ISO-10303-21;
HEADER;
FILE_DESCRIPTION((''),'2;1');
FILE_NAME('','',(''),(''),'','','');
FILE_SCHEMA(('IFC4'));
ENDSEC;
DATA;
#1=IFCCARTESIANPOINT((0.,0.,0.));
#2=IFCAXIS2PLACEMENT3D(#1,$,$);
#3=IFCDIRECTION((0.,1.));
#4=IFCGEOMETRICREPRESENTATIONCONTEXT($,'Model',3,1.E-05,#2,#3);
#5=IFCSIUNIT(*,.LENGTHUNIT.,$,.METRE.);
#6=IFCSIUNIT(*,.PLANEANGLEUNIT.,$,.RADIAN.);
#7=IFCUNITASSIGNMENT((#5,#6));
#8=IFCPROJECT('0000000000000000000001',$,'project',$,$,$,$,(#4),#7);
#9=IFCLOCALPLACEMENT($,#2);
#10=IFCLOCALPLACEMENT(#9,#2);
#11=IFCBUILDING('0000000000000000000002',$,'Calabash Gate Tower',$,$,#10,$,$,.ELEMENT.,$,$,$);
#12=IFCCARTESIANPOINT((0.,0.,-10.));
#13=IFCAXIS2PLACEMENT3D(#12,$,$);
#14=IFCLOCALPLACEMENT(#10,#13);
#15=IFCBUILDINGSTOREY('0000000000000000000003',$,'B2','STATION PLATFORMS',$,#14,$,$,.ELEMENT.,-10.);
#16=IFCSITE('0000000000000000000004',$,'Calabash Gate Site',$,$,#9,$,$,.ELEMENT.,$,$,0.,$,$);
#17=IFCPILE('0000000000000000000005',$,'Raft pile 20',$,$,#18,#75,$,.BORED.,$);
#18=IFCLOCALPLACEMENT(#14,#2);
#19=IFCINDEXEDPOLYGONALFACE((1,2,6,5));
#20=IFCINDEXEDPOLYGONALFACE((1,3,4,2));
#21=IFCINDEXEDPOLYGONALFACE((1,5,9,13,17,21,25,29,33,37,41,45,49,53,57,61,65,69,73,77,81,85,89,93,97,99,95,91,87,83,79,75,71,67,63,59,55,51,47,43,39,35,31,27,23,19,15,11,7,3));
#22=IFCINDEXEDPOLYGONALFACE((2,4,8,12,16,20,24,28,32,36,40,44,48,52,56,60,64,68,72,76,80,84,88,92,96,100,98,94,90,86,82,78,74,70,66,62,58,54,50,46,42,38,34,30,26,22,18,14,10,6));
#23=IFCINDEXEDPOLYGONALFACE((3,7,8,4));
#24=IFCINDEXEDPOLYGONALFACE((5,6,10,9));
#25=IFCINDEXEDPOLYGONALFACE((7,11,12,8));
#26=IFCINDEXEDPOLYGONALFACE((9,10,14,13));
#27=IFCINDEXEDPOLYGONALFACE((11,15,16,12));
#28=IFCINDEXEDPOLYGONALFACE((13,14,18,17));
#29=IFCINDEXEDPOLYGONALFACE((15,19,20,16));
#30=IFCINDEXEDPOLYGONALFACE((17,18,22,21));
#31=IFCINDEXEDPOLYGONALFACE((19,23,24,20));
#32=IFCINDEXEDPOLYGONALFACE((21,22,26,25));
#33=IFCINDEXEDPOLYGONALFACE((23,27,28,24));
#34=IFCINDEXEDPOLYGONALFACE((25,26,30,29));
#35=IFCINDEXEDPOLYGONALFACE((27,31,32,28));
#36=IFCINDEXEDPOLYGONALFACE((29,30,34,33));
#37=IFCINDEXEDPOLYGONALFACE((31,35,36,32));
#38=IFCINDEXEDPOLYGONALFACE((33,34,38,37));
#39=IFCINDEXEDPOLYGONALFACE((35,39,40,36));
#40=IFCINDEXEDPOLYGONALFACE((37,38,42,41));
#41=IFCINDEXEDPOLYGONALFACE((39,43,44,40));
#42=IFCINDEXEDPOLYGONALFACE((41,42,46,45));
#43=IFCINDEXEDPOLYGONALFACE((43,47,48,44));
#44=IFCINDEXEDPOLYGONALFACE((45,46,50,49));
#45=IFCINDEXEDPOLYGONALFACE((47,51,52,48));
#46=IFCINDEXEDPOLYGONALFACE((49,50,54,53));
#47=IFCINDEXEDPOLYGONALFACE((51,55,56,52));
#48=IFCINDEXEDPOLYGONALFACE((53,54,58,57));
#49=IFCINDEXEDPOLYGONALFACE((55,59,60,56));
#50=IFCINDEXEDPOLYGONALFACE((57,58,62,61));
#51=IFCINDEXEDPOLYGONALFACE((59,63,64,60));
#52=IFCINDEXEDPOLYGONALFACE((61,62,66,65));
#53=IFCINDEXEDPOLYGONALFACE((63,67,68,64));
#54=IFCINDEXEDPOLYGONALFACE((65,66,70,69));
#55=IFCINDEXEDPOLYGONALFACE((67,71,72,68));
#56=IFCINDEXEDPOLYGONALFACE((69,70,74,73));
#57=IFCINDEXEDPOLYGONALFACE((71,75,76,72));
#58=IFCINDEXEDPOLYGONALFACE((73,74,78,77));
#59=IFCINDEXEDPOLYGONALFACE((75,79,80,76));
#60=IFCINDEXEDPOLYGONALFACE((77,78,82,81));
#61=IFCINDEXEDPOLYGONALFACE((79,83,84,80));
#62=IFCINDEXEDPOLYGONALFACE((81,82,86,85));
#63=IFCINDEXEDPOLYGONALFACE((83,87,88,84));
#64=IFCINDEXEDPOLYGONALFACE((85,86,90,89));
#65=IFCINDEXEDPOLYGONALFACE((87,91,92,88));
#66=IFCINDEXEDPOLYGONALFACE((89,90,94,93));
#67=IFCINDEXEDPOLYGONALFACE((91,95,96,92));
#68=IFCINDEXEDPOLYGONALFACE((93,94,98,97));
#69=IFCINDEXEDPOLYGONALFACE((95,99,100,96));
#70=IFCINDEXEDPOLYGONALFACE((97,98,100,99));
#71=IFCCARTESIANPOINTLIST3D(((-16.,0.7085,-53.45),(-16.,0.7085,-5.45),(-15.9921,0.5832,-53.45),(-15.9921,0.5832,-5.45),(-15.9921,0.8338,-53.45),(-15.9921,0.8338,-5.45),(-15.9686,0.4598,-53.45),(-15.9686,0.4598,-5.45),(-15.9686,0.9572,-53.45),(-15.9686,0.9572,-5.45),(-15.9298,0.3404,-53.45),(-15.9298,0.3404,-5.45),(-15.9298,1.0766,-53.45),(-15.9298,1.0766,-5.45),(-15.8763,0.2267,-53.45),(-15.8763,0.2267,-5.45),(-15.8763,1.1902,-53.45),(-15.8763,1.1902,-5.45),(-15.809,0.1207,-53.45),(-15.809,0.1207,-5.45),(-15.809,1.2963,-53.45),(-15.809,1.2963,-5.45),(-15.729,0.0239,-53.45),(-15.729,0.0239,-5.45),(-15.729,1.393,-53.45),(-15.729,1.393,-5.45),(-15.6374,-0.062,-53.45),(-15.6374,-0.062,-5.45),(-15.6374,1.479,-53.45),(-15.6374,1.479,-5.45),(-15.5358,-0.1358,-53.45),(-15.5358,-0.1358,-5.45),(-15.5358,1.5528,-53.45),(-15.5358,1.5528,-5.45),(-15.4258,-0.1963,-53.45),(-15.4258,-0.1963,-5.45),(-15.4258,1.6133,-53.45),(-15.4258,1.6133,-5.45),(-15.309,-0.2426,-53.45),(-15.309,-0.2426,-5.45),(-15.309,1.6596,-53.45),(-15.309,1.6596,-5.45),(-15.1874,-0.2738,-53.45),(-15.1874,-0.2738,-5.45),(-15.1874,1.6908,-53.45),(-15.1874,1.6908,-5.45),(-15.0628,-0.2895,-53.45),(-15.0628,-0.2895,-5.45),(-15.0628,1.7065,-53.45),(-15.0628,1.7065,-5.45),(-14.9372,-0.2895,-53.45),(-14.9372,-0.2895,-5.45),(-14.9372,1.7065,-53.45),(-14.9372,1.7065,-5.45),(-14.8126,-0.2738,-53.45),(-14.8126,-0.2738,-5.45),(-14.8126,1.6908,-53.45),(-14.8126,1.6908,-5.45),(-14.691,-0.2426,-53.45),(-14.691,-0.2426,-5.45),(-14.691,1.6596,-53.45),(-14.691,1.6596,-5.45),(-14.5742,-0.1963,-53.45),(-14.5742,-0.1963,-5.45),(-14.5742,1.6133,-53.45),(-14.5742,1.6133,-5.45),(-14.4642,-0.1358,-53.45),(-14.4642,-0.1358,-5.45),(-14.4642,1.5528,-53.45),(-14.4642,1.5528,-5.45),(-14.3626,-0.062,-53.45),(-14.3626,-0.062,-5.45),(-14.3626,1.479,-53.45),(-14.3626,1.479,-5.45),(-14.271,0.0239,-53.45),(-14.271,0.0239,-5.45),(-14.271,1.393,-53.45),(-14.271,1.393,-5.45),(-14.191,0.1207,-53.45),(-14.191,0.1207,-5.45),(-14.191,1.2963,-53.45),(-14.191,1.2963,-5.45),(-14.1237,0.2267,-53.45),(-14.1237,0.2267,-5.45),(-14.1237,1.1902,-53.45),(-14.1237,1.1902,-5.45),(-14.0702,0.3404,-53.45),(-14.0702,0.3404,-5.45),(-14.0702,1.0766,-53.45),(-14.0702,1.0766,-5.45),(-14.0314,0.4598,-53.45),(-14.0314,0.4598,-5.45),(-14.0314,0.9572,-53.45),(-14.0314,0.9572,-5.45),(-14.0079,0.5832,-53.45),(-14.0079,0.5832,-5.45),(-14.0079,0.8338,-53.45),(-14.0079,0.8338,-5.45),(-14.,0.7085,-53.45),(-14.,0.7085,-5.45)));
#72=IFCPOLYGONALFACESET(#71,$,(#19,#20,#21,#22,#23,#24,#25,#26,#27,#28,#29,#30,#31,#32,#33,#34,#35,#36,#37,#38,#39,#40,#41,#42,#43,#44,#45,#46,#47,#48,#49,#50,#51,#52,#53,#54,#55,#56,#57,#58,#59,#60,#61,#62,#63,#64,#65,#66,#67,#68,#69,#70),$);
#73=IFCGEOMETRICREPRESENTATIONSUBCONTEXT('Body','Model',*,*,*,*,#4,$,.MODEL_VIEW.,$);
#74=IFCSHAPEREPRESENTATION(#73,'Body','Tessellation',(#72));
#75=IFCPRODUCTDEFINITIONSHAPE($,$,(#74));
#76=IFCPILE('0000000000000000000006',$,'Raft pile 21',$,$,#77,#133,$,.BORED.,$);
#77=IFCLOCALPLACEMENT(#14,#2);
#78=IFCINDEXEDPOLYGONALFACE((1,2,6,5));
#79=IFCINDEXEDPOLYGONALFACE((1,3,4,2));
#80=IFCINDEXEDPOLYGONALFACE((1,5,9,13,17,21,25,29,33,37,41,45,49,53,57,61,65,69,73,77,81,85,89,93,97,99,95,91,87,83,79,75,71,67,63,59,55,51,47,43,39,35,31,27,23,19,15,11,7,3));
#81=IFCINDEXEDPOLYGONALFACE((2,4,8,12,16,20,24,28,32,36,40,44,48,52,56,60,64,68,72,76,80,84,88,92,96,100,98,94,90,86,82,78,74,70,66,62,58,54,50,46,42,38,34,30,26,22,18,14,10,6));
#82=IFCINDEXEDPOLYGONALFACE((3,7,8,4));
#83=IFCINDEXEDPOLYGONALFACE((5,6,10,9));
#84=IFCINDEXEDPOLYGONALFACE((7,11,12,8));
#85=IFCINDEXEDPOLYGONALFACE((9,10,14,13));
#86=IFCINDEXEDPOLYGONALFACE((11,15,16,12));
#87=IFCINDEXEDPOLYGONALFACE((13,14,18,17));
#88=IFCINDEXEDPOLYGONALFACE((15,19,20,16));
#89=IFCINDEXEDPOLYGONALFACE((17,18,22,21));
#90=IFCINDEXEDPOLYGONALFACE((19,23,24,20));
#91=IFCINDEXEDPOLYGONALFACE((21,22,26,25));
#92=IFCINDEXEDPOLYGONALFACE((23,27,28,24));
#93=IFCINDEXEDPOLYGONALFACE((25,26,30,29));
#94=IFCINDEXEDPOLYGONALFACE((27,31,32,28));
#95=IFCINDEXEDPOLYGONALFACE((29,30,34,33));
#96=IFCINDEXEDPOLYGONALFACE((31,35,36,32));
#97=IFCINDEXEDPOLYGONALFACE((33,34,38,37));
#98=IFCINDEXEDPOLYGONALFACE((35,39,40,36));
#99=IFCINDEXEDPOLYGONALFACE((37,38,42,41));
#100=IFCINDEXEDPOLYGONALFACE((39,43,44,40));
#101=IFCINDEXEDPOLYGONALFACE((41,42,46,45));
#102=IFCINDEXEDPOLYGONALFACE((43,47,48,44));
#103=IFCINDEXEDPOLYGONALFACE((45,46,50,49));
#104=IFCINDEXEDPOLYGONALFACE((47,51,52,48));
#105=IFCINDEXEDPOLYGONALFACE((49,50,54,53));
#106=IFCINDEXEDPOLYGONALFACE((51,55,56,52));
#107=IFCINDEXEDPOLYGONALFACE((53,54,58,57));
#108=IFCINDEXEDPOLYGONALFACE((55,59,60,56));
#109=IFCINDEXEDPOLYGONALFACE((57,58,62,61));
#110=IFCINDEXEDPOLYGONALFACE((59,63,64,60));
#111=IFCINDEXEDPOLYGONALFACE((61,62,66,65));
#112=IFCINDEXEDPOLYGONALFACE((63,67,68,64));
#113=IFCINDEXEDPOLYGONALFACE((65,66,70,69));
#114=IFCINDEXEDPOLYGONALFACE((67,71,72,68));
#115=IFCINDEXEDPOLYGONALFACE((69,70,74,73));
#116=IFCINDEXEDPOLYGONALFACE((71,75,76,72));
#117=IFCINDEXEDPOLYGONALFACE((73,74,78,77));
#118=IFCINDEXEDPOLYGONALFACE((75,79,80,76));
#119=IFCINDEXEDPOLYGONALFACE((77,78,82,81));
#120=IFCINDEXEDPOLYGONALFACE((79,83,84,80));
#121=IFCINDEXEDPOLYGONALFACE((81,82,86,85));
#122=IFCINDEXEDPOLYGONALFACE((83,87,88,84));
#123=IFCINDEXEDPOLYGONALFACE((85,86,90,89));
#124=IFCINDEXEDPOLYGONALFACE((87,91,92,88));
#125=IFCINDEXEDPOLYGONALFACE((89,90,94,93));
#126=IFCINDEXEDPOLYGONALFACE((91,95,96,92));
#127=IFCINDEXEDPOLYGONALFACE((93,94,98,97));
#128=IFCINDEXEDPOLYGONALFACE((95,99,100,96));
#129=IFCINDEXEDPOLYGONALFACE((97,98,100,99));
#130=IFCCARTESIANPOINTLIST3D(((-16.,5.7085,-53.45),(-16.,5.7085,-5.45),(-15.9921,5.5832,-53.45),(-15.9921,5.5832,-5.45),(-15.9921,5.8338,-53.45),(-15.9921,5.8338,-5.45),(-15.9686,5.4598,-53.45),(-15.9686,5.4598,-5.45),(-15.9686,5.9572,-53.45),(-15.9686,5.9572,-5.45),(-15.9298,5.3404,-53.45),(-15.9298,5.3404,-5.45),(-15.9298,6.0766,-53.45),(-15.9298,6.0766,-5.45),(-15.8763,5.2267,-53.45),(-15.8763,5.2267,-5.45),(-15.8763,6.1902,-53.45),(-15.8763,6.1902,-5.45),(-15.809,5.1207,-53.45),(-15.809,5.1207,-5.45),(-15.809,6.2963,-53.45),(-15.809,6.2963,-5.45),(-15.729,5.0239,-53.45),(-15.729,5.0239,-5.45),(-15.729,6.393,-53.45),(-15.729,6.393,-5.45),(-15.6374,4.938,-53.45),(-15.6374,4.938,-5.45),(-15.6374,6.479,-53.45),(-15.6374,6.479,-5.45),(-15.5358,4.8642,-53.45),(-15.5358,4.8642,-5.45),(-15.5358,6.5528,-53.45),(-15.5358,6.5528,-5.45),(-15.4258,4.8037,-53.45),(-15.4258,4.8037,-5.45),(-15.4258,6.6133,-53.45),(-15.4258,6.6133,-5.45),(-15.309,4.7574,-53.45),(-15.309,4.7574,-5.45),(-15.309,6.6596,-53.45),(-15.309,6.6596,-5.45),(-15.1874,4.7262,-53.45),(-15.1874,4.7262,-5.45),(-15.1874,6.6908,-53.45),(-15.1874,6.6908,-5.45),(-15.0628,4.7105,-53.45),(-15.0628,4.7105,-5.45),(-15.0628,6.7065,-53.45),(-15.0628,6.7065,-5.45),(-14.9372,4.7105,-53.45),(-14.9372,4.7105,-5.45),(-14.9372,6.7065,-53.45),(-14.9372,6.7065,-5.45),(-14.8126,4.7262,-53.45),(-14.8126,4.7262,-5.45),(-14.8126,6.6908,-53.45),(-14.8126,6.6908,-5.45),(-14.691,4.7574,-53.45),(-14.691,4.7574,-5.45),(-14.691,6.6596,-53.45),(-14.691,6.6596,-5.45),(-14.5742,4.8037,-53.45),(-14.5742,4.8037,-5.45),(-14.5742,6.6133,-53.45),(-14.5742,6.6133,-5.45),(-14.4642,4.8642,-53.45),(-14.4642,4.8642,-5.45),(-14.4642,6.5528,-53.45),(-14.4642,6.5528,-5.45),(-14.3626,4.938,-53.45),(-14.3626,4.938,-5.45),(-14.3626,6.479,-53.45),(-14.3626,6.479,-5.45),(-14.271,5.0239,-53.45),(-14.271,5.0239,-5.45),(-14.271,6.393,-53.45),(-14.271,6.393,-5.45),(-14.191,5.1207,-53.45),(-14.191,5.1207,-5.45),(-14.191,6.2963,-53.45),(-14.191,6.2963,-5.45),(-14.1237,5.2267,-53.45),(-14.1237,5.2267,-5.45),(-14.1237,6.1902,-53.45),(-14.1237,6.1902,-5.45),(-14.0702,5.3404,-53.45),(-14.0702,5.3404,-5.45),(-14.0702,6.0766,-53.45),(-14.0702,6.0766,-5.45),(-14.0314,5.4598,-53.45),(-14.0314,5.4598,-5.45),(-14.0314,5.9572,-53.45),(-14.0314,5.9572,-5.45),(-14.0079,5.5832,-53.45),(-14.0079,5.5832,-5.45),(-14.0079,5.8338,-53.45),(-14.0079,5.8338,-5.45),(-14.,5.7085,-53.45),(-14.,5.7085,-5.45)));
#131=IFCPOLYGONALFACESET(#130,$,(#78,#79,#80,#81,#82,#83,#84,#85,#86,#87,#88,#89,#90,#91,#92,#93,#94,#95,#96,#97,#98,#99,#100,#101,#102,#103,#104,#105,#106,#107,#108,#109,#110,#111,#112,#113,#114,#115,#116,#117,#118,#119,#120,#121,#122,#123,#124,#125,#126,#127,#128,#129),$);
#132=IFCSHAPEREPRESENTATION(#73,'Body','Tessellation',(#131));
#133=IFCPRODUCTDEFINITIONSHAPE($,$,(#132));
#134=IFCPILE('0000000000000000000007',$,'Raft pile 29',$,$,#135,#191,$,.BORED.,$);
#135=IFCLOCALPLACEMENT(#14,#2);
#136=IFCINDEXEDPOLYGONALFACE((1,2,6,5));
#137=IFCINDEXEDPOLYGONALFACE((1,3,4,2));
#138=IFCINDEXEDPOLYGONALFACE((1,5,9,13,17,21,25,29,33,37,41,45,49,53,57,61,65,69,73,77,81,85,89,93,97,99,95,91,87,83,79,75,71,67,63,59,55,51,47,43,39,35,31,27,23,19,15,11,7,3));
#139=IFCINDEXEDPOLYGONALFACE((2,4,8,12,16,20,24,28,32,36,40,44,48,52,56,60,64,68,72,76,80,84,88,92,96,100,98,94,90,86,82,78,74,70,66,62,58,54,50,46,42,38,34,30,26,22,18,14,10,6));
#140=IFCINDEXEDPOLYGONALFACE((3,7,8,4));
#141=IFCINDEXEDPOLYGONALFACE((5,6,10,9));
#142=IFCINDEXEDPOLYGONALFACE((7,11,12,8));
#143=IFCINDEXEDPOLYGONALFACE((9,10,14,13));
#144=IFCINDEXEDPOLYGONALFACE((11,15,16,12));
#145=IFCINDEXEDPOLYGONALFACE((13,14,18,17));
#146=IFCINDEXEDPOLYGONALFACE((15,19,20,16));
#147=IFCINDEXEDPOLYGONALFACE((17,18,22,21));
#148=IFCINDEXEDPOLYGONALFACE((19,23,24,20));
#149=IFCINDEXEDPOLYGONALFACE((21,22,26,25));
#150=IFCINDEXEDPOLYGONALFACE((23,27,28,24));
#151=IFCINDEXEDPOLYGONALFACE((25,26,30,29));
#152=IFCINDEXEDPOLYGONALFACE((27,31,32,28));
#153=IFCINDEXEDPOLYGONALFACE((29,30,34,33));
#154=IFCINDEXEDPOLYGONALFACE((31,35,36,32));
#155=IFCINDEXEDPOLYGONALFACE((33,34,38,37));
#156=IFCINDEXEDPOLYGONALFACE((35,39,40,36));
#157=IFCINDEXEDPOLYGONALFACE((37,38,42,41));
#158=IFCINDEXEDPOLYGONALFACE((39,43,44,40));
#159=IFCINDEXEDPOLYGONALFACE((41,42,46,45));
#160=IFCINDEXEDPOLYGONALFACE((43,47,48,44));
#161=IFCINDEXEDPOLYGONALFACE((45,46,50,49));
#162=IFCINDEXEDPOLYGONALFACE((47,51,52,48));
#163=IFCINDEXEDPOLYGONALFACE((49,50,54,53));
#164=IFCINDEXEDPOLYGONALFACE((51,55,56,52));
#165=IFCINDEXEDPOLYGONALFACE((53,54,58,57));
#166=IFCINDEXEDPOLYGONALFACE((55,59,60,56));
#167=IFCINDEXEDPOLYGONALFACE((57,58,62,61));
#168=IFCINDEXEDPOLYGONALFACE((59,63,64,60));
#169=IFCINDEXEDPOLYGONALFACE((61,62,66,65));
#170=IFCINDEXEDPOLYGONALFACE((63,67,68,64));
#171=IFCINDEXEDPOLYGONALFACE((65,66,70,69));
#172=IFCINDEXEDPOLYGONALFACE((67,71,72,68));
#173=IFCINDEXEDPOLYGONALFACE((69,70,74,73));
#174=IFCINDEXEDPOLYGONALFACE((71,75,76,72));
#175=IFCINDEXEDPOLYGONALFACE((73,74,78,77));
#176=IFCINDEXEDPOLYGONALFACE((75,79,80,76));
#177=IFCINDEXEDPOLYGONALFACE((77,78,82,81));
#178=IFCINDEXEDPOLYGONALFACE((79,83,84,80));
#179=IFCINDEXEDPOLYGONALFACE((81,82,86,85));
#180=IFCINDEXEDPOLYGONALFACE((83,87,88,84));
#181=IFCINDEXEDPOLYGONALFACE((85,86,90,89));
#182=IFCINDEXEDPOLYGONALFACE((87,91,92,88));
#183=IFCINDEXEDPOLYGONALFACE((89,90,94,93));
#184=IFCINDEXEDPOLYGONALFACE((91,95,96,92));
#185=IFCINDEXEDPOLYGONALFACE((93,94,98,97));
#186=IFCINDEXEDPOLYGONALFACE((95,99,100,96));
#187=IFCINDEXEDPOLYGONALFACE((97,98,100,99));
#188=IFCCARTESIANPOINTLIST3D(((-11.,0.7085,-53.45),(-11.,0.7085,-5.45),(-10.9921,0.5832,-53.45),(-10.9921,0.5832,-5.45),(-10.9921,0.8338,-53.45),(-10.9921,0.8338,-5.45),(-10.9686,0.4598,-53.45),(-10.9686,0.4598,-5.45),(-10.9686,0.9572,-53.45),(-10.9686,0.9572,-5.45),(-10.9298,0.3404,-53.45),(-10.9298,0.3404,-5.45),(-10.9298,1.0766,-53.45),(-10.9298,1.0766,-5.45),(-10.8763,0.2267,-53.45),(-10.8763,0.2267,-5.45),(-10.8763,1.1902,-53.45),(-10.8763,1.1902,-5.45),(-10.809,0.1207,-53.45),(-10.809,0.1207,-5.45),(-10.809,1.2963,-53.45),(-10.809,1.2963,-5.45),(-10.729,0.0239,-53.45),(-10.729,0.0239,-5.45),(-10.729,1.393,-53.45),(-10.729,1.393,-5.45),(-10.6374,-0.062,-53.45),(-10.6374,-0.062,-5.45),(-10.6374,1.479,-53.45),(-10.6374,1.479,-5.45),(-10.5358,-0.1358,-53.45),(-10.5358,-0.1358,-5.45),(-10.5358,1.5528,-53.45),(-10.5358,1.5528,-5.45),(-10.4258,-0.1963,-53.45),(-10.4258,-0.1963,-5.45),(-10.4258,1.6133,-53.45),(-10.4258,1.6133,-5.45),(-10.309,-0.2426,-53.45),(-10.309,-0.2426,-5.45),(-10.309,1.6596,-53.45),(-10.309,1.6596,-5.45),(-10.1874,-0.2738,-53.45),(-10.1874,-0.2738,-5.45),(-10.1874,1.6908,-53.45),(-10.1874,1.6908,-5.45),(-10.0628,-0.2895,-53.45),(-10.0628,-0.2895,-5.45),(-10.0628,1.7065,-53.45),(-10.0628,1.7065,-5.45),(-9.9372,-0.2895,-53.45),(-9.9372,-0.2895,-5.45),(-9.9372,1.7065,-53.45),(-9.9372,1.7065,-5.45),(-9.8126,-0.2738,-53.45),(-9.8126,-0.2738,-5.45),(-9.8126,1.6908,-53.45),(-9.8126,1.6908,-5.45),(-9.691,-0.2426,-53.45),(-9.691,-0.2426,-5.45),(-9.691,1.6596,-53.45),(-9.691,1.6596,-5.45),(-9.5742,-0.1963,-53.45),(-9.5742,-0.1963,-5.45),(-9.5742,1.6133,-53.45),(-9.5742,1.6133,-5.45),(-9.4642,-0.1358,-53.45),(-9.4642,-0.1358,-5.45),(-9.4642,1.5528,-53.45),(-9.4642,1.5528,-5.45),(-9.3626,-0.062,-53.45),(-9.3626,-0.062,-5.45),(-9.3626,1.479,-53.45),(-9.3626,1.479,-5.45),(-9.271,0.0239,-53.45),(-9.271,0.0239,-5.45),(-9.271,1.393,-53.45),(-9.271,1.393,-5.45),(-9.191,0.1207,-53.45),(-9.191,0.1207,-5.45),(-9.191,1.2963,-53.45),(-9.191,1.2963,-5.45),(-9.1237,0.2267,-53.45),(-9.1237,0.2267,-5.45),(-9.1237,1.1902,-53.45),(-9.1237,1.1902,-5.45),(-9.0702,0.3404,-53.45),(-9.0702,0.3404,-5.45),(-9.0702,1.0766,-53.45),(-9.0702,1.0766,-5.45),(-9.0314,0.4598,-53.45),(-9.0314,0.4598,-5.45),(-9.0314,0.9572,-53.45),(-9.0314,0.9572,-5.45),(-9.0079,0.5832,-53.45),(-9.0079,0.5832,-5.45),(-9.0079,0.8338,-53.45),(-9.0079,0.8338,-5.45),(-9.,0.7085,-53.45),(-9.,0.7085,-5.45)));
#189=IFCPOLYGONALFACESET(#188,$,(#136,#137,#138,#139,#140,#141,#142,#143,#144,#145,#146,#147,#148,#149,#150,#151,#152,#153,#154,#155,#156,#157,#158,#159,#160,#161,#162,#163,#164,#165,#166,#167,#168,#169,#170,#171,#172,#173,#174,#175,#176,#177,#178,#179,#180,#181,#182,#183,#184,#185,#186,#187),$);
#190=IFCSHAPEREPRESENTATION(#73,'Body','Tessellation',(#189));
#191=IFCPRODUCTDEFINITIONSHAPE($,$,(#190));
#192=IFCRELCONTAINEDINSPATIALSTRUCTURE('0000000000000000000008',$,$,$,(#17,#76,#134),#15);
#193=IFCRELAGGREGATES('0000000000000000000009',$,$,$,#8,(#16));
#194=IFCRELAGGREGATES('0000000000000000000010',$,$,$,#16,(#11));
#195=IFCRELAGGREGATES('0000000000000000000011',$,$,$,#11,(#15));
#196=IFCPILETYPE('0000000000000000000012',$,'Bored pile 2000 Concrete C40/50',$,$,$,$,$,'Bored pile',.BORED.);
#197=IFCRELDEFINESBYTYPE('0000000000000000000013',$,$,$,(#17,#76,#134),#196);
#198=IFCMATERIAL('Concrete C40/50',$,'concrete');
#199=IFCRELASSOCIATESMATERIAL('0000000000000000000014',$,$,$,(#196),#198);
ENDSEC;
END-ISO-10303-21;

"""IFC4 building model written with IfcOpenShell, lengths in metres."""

from ifc_helpers import new_model, si_unit, direction, frame, origin, origin_2d, place, context, subcontext, project, spatial, circle, extrude, material, material_profile, profile_set, type_object, element, save


model = new_model("IFC4")

# Units and contexts
model_context = context("Model", 3, precision=1e-05, world=origin(), true_north=direction((0.0, 1.0)))
body_context = subcontext(model_context, "Body", "Model", "MODEL_VIEW")
ifc_project = project(units=[si_unit("LENGTHUNIT", "METRE"), si_unit("PLANEANGLEUNIT", "RADIAN")], contexts=[model_context])

# Site, building, storey
site_placement = place(None, origin())
site = spatial("IfcSite", under=ifc_project, at=site_placement, Name="Calabash Gate Site", CompositionType="ELEMENT", RefElevation=0.0)
building_placement = place(site_placement, origin())
building = spatial("IfcBuilding", under=site, at=building_placement, Name="Calabash Gate Tower", CompositionType="ELEMENT")
storey_placement = place(building_placement, frame((0.0, 0.0, -10.0)))
storey = spatial("IfcBuildingStorey", under=building, at=storey_placement, Name="B2", Description="STATION PLATFORMS", CompositionType="ELEMENT", Elevation=-10.0)

# Piles
ifc_material_1 = material(Name="Concrete C40/50", Category="concrete")
ifc_material_profile_1 = material_profile(ifc_material_1, circle(Radius=1.0, at=origin_2d()))
ifc_profile_set_1 = profile_set([ifc_material_profile_1], Name="Concrete C40/50")
pile_type = type_object("IfcPileType", Name="Bored pile 2000 Concrete C40/50", ElementType="Bored pile", PredefinedType="BORED", material=ifc_profile_set_1)
for number, where, z_axis, x_axis, name in (
    (1, (-15.0, 0.7085, -5.45), (0.0, 0.0, -1.0), (1.0, 0.0, 0.0), "Raft pile 20"),
    (2, (-15.0, 5.7085, -5.45), (0.0, 0.0, -1.0), (1.0, 0.0, 0.0), "Raft pile 21"),
    (3, (-10.0, 0.7085, -5.45), (0.0, 0.0, -1.0), (1.0, 0.0, 0.0), "Raft pile 29"),
):
    element("IfcPile", number, at=place(storey_placement, frame(where, z_axis=z_axis, x_axis=x_axis)), inside=storey, type_object=pile_type, Name=name, PredefinedType="BORED", context=body_context, shape_type="SweptSolid", body=[
        extrude(circle(Radius=1.0, at=origin_2d()), origin(), (0.0, 0.0, 1.0), 48.0),
    ])

save(model, "model.ifc")
